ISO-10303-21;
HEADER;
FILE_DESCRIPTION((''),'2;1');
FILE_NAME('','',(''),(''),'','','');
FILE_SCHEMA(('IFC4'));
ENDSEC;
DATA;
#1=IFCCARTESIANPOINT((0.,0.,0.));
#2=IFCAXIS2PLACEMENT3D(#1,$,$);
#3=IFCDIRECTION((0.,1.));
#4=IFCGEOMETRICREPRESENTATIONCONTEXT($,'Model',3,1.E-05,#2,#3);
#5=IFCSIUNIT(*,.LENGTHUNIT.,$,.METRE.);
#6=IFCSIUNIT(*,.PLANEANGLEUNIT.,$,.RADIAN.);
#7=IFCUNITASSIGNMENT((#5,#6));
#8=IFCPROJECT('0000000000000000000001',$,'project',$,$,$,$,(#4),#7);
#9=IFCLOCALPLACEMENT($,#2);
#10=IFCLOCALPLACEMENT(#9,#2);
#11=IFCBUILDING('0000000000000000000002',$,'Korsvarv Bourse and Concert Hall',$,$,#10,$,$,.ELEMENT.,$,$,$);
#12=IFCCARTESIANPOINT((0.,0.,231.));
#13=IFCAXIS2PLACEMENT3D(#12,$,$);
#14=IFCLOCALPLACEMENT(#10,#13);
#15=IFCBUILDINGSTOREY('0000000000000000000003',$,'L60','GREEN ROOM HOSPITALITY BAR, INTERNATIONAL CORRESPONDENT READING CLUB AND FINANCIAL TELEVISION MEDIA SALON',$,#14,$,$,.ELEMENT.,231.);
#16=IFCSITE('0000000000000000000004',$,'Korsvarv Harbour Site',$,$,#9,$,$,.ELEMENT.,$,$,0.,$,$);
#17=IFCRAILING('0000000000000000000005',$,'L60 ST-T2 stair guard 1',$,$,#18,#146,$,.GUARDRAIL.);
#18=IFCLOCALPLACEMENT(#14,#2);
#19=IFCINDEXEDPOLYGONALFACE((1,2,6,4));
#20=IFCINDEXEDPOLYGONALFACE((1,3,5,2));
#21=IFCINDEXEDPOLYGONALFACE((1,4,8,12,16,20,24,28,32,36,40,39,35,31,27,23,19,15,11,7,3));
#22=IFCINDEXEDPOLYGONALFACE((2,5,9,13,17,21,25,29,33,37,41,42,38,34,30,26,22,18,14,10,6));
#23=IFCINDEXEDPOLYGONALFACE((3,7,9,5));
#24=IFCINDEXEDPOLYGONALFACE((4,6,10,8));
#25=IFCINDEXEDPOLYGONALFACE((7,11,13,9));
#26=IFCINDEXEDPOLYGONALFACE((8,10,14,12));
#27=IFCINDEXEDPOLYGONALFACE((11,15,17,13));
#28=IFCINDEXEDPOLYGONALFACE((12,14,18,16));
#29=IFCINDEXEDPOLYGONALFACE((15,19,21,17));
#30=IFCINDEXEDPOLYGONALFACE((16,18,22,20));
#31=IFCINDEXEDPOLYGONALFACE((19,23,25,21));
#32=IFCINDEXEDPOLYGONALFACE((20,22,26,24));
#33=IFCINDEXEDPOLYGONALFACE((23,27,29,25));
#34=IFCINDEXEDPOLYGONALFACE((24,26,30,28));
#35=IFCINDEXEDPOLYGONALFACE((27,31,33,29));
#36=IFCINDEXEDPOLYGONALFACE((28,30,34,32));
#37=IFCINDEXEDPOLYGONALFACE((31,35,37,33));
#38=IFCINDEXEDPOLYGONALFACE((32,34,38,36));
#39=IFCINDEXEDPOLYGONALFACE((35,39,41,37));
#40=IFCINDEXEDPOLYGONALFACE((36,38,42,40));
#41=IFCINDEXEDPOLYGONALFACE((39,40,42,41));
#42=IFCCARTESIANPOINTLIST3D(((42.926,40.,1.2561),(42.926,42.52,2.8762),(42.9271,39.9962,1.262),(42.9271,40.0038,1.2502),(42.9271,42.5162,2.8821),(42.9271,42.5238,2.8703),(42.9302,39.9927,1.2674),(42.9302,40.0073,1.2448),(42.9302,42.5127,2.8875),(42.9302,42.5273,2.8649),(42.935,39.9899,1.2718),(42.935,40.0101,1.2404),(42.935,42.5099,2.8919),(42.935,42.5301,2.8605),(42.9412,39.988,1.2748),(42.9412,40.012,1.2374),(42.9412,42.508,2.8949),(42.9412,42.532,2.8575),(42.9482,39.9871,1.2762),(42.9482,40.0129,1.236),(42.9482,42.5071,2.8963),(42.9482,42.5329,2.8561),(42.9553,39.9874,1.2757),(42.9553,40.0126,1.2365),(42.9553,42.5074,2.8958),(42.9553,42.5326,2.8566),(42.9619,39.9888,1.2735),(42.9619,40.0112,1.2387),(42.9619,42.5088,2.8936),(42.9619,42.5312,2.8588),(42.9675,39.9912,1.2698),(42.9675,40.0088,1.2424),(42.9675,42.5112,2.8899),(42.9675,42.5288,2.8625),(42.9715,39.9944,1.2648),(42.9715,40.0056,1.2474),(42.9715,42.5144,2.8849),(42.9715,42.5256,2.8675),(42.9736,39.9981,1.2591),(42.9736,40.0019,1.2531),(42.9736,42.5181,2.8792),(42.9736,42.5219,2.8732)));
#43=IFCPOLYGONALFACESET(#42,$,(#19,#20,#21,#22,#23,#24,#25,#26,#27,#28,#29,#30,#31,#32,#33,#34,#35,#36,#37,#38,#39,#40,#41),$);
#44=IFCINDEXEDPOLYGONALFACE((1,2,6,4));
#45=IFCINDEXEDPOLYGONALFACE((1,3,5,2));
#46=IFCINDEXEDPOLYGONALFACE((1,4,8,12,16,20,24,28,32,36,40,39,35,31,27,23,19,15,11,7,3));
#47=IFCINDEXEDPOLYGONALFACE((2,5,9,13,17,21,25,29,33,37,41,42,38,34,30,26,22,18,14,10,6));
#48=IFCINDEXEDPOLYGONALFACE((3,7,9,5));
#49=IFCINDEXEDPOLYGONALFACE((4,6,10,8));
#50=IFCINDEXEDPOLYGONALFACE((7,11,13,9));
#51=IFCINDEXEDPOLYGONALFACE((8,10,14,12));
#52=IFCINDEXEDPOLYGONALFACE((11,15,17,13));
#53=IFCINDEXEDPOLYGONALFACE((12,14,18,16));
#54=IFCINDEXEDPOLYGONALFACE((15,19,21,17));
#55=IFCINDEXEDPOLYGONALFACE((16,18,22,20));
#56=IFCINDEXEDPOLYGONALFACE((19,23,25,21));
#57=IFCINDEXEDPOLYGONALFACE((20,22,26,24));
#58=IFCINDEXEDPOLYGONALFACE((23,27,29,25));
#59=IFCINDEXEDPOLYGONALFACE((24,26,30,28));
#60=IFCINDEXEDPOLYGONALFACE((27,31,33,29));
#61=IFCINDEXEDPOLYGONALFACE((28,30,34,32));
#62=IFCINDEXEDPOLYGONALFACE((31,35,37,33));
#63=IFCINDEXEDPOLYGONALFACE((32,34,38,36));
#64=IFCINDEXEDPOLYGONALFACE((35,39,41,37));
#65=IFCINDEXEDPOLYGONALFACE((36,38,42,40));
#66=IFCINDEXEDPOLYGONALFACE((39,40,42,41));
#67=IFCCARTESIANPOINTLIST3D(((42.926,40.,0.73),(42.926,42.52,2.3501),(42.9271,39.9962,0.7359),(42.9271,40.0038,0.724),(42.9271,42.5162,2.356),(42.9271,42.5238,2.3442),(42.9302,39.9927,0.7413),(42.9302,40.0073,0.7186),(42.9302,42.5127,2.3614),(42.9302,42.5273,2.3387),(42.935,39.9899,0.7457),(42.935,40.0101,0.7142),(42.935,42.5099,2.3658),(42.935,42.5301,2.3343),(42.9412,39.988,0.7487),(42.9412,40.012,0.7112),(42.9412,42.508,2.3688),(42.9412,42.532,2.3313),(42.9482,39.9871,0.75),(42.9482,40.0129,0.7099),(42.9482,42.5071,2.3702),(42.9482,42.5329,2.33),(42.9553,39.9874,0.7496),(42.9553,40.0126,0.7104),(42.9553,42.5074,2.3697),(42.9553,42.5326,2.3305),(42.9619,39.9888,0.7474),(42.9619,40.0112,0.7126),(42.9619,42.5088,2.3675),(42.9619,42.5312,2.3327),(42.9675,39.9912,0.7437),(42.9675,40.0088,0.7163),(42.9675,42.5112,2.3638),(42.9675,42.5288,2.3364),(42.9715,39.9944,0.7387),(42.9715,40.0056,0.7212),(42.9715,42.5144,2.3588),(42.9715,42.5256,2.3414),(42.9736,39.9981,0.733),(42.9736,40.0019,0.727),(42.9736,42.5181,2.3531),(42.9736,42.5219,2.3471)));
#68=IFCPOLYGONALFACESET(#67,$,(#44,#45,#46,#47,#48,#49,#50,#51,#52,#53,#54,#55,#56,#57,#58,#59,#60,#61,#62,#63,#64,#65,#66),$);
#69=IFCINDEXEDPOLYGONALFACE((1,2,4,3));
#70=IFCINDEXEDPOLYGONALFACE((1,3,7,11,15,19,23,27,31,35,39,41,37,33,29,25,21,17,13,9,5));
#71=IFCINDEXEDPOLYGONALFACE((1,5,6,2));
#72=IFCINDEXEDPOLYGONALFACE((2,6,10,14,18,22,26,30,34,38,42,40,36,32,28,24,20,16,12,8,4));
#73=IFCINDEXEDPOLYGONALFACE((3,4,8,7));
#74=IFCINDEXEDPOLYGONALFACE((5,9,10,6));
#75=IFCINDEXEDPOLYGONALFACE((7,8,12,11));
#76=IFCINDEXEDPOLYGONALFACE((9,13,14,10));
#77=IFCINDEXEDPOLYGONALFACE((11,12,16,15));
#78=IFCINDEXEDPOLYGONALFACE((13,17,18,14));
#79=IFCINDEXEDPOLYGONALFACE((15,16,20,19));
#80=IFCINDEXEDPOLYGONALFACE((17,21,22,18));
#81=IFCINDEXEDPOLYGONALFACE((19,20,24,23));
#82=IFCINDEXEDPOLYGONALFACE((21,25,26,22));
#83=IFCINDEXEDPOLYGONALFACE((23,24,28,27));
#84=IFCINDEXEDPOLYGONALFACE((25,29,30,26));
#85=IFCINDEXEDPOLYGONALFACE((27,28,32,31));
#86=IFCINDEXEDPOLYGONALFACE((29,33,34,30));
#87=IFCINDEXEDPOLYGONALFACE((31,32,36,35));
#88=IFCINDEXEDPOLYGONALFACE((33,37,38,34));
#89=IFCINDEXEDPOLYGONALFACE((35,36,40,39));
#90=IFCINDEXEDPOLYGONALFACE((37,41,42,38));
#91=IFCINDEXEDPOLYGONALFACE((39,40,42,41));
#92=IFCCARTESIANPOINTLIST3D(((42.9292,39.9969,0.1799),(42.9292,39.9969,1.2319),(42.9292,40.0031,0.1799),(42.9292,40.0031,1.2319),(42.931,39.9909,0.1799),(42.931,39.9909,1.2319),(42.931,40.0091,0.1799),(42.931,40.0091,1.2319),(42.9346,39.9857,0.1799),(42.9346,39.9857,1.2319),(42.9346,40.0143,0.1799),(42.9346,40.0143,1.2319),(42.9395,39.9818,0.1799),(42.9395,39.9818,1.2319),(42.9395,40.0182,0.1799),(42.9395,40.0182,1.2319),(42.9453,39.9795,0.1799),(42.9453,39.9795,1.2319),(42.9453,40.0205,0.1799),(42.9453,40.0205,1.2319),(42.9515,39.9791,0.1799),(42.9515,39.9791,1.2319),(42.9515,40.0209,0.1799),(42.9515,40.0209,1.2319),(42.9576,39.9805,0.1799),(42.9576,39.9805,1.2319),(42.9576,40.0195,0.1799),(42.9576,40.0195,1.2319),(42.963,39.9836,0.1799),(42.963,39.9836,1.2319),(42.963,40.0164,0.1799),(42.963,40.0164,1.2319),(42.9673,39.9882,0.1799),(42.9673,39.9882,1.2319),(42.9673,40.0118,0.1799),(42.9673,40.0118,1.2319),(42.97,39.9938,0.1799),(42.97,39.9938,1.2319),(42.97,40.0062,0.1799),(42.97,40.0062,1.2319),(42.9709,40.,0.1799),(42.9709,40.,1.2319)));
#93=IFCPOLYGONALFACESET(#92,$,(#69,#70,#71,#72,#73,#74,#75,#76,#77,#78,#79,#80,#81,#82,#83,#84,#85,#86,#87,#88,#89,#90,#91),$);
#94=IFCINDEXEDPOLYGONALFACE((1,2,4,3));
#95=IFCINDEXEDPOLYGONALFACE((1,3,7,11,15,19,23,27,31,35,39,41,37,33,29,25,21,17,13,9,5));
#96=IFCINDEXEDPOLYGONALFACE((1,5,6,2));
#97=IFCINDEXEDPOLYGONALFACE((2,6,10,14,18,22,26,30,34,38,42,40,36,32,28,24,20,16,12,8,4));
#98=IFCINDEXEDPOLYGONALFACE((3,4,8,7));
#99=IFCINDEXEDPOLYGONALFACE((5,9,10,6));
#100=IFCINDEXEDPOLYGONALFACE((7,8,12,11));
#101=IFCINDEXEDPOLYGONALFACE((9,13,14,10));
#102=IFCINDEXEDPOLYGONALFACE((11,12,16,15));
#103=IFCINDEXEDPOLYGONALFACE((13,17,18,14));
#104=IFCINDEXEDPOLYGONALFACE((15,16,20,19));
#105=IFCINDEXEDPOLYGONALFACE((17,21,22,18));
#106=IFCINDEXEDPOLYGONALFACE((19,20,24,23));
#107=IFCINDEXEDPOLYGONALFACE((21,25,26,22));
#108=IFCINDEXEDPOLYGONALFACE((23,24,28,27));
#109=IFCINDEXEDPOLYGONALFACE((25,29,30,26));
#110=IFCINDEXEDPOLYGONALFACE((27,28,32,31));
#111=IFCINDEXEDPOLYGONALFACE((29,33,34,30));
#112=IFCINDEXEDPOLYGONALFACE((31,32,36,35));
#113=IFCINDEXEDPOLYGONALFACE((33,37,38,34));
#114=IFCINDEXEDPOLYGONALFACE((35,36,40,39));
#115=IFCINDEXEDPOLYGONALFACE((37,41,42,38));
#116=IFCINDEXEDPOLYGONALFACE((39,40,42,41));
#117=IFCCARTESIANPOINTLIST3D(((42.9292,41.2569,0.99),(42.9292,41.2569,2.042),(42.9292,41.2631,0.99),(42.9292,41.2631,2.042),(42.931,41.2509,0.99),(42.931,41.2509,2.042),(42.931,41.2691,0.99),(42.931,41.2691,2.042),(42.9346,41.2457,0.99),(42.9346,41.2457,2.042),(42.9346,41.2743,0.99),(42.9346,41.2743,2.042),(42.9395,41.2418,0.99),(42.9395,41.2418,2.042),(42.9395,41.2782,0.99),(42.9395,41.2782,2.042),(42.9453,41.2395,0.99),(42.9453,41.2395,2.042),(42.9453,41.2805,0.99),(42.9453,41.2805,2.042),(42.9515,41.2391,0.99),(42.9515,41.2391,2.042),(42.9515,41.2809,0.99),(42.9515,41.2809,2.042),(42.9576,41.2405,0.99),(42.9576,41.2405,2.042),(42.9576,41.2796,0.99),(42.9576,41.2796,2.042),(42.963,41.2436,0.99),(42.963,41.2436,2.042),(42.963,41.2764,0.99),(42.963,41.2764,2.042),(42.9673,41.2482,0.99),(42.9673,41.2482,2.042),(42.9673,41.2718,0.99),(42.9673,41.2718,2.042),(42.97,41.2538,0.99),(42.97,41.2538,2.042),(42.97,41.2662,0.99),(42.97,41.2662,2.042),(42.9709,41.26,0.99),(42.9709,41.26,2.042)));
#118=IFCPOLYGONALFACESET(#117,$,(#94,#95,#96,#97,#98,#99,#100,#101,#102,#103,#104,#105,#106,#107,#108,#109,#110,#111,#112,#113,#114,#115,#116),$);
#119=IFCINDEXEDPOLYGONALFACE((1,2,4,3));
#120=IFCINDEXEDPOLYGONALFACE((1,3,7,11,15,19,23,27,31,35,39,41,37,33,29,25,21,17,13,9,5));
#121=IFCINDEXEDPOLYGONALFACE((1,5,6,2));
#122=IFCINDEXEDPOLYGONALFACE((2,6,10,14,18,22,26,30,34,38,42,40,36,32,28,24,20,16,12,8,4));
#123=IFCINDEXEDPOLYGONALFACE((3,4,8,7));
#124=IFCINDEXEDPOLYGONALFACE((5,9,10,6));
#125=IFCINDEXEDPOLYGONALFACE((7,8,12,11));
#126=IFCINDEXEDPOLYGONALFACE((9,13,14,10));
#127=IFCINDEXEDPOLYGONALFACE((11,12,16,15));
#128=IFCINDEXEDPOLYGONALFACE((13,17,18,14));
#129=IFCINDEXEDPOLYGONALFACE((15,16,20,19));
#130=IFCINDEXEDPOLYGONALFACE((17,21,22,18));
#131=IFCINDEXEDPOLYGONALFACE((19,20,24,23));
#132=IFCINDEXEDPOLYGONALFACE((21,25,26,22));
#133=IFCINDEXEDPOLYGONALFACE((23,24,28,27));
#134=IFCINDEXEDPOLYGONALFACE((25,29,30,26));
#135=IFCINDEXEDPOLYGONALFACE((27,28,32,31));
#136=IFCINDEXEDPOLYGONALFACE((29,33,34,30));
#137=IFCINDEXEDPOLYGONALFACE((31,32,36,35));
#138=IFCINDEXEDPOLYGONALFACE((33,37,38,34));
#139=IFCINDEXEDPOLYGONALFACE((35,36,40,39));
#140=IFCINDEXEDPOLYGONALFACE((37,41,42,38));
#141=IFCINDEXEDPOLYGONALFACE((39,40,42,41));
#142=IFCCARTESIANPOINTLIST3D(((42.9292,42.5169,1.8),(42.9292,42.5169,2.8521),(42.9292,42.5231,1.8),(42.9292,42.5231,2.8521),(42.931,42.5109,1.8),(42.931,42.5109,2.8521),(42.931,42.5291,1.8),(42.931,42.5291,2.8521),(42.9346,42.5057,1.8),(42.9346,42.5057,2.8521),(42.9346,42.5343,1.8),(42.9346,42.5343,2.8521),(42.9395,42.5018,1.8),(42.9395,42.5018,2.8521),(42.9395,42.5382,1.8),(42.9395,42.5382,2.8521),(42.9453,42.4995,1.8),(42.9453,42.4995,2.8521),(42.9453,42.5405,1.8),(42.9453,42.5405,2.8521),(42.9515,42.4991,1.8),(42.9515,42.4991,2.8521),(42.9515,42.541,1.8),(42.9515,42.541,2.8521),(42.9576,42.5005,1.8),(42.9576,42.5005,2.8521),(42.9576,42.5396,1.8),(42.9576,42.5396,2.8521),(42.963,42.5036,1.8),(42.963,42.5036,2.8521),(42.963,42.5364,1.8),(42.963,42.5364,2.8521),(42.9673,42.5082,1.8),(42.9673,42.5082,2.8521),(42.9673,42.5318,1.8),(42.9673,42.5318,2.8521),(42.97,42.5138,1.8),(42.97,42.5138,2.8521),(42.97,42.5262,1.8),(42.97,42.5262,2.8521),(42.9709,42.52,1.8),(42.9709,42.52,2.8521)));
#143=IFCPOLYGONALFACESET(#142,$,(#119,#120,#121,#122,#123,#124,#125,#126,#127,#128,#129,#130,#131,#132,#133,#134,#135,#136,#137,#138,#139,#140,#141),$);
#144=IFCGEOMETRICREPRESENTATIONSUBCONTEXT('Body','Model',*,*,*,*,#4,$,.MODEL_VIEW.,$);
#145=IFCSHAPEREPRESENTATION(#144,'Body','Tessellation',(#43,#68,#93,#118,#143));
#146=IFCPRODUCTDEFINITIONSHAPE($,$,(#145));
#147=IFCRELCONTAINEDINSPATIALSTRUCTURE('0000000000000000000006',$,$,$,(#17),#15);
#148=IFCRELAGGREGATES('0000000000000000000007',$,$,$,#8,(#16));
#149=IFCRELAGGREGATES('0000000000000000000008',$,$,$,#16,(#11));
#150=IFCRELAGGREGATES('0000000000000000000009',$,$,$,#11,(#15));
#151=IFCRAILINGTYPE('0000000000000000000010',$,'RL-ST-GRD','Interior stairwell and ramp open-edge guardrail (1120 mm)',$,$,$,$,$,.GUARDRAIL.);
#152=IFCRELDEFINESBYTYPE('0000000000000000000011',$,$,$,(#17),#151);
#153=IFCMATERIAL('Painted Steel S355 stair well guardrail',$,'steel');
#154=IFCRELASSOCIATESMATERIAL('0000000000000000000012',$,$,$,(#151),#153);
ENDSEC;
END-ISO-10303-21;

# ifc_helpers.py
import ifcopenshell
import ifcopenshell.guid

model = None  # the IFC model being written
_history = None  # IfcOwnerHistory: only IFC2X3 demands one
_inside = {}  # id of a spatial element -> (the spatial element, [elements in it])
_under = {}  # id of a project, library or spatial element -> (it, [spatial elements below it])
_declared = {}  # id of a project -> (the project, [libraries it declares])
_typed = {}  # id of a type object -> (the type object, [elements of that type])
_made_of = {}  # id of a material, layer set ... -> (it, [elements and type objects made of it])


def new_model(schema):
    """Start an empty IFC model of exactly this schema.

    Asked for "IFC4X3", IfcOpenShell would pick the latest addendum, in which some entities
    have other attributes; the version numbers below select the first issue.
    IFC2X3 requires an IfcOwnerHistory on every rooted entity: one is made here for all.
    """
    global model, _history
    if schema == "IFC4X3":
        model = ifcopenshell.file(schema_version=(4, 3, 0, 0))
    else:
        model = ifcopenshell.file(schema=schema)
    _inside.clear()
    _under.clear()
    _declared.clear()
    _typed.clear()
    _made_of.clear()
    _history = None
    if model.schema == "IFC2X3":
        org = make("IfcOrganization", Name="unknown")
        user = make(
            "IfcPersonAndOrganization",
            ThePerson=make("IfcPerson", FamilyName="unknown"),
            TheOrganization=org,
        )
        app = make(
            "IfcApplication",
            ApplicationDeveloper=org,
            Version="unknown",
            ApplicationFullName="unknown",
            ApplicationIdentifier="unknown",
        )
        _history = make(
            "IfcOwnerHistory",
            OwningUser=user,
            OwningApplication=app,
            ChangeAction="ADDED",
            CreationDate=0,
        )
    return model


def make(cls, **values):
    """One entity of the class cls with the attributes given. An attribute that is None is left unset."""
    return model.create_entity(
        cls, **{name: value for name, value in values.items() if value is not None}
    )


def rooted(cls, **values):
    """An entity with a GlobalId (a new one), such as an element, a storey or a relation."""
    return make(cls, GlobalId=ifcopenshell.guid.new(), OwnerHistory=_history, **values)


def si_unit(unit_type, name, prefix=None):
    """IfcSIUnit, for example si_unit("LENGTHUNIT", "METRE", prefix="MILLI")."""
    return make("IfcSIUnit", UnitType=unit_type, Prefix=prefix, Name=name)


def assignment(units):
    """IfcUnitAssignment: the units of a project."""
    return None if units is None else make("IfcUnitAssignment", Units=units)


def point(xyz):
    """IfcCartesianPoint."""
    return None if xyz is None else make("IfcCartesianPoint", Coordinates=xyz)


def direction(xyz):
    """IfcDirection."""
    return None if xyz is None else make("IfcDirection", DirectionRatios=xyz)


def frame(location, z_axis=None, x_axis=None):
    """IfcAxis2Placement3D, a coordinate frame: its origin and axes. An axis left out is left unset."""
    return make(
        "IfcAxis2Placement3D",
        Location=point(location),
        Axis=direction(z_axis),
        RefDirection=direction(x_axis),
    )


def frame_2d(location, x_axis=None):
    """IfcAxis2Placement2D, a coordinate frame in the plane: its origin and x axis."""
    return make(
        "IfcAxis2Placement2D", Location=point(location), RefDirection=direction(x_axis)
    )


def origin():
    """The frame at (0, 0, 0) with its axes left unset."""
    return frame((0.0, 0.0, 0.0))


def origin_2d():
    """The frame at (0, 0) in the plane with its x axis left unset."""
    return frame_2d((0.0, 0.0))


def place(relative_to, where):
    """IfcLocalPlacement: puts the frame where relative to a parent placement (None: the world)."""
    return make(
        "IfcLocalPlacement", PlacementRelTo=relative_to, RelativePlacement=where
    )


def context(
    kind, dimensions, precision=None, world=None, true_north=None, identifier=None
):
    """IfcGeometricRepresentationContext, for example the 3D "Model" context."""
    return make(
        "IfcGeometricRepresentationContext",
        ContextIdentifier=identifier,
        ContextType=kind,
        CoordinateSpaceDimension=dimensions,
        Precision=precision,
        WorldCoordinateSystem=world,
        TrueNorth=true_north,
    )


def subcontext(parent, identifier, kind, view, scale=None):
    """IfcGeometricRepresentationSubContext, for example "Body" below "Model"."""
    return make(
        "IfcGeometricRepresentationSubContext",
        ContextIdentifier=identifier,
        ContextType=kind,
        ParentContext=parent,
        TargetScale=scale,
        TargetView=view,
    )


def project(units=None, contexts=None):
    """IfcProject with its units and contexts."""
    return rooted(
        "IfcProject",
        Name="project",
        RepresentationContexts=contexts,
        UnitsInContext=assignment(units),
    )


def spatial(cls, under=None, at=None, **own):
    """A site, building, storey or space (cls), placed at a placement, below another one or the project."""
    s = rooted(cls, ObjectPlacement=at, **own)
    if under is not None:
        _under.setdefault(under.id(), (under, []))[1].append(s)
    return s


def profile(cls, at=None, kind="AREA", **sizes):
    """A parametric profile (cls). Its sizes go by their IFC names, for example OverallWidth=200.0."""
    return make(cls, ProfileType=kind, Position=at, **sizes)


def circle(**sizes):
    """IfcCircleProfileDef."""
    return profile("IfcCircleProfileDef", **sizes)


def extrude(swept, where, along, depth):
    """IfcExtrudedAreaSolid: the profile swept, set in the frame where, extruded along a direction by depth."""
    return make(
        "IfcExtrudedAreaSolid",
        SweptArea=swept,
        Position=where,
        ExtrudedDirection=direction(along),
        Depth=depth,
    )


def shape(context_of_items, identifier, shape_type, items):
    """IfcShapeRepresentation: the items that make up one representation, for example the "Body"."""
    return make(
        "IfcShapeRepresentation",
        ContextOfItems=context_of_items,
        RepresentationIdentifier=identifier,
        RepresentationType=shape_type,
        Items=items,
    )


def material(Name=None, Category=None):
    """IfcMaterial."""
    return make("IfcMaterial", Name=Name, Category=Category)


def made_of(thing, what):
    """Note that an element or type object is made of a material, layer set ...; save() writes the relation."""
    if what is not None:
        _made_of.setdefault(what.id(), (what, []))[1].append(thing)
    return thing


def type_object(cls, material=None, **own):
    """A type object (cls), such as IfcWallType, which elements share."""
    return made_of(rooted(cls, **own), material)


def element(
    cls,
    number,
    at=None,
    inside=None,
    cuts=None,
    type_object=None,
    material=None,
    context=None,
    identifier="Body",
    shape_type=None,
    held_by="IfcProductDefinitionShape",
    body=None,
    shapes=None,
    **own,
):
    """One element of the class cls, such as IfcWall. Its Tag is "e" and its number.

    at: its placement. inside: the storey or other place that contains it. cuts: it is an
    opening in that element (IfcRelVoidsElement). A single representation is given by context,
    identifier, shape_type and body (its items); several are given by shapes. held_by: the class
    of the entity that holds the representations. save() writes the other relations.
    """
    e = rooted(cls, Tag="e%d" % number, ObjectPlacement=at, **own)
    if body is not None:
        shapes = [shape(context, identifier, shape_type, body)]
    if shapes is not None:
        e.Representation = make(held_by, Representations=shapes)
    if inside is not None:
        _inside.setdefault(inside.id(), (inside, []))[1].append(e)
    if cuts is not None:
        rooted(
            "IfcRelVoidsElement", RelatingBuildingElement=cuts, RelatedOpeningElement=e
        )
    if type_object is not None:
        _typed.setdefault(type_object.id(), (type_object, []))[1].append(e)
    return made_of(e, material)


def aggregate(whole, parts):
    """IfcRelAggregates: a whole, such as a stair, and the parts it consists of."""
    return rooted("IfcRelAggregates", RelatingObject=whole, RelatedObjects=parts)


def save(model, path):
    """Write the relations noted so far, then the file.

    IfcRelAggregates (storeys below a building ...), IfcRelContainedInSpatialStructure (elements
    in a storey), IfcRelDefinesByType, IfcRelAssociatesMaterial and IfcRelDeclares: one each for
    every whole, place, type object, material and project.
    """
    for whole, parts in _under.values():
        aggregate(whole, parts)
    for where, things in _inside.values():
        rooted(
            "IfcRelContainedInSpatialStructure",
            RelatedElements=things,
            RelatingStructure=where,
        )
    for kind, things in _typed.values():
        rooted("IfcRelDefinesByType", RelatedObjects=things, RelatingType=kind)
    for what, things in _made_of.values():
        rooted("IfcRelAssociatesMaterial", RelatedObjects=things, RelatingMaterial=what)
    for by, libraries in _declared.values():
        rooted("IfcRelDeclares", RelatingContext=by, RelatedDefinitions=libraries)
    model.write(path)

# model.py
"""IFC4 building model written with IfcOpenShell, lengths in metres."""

from ifc_helpers import new_model, si_unit, direction, frame, origin, origin_2d, place, context, subcontext, project, spatial, circle, extrude, material, type_object, element, save


model = new_model("IFC4")

# Units and contexts
model_context = context("Model", 3, precision=1e-05, world=origin(), true_north=direction((0.0, 1.0)))
body_context = subcontext(model_context, "Body", "Model", "MODEL_VIEW")
ifc_project = project(units=[si_unit("LENGTHUNIT", "METRE"), si_unit("PLANEANGLEUNIT", "RADIAN")], contexts=[model_context])

# Site, building, storey
site_placement = place(None, origin())
site = spatial("IfcSite", under=ifc_project, at=site_placement, Name="Korsvarv Harbour Site", CompositionType="ELEMENT", RefElevation=0.0)
building_placement = place(site_placement, origin())
building = spatial("IfcBuilding", under=site, at=building_placement, Name="Korsvarv Bourse and Concert Hall", CompositionType="ELEMENT")
storey_placement = place(building_placement, frame((0.0, 0.0, 231.0)))
storey = spatial("IfcBuildingStorey", under=building, at=storey_placement, Name="L60", Description="GREEN ROOM HOSPITALITY BAR, INTERNATIONAL CORRESPONDENT READING CLUB AND FINANCIAL TELEVISION MEDIA SALON", CompositionType="ELEMENT", Elevation=231.0)

# Railing
ifc_material_1 = material(Name="Painted Steel S355 stair well guardrail", Category="steel")
railing_type_1 = type_object("IfcRailingType", Name="RL-ST-GRD", Description="Interior stairwell and ramp open-edge guardrail (1120 mm)", PredefinedType="GUARDRAIL", material=ifc_material_1)
railing_1_placement = place(storey_placement, frame((42.95, 40.0, 0.1799)))
element("IfcRailing", 1, at=railing_1_placement, inside=storey, type_object=railing_type_1, Name="L60 ST-T2 stair guard 1", PredefinedType="GUARDRAIL", context=body_context, shape_type="SweptSolid", body=[
    extrude(circle(Radius=0.0239, at=origin_2d()), frame((0.0, 0.0, 1.0762), z_axis=(0.0, 0.841163, 0.540782), x_axis=(-1.0, 0.0, 0.0)), (0.0, 0.0, 1.0), 2.9958),
    extrude(circle(Radius=0.0239, at=origin_2d()), frame((0.0, 0.0, 0.55), z_axis=(0.0, 0.841163, 0.540782), x_axis=(-1.0, 0.0, 0.0)), (0.0, 0.0, 1.0), 2.9958),
    extrude(circle(Radius=0.021, at=origin_2d()), origin(), (0.0, 0.0, 1.0), 1.052),
    extrude(circle(Radius=0.021, at=origin_2d()), frame((0.0, 1.26, 0.8101)), (0.0, 0.0, 1.0), 1.052),
    extrude(circle(Radius=0.021, at=origin_2d()), frame((0.0, 2.52, 1.6201)), (0.0, 0.0, 1.0), 1.052),
])

save(model, "model.ifc")
